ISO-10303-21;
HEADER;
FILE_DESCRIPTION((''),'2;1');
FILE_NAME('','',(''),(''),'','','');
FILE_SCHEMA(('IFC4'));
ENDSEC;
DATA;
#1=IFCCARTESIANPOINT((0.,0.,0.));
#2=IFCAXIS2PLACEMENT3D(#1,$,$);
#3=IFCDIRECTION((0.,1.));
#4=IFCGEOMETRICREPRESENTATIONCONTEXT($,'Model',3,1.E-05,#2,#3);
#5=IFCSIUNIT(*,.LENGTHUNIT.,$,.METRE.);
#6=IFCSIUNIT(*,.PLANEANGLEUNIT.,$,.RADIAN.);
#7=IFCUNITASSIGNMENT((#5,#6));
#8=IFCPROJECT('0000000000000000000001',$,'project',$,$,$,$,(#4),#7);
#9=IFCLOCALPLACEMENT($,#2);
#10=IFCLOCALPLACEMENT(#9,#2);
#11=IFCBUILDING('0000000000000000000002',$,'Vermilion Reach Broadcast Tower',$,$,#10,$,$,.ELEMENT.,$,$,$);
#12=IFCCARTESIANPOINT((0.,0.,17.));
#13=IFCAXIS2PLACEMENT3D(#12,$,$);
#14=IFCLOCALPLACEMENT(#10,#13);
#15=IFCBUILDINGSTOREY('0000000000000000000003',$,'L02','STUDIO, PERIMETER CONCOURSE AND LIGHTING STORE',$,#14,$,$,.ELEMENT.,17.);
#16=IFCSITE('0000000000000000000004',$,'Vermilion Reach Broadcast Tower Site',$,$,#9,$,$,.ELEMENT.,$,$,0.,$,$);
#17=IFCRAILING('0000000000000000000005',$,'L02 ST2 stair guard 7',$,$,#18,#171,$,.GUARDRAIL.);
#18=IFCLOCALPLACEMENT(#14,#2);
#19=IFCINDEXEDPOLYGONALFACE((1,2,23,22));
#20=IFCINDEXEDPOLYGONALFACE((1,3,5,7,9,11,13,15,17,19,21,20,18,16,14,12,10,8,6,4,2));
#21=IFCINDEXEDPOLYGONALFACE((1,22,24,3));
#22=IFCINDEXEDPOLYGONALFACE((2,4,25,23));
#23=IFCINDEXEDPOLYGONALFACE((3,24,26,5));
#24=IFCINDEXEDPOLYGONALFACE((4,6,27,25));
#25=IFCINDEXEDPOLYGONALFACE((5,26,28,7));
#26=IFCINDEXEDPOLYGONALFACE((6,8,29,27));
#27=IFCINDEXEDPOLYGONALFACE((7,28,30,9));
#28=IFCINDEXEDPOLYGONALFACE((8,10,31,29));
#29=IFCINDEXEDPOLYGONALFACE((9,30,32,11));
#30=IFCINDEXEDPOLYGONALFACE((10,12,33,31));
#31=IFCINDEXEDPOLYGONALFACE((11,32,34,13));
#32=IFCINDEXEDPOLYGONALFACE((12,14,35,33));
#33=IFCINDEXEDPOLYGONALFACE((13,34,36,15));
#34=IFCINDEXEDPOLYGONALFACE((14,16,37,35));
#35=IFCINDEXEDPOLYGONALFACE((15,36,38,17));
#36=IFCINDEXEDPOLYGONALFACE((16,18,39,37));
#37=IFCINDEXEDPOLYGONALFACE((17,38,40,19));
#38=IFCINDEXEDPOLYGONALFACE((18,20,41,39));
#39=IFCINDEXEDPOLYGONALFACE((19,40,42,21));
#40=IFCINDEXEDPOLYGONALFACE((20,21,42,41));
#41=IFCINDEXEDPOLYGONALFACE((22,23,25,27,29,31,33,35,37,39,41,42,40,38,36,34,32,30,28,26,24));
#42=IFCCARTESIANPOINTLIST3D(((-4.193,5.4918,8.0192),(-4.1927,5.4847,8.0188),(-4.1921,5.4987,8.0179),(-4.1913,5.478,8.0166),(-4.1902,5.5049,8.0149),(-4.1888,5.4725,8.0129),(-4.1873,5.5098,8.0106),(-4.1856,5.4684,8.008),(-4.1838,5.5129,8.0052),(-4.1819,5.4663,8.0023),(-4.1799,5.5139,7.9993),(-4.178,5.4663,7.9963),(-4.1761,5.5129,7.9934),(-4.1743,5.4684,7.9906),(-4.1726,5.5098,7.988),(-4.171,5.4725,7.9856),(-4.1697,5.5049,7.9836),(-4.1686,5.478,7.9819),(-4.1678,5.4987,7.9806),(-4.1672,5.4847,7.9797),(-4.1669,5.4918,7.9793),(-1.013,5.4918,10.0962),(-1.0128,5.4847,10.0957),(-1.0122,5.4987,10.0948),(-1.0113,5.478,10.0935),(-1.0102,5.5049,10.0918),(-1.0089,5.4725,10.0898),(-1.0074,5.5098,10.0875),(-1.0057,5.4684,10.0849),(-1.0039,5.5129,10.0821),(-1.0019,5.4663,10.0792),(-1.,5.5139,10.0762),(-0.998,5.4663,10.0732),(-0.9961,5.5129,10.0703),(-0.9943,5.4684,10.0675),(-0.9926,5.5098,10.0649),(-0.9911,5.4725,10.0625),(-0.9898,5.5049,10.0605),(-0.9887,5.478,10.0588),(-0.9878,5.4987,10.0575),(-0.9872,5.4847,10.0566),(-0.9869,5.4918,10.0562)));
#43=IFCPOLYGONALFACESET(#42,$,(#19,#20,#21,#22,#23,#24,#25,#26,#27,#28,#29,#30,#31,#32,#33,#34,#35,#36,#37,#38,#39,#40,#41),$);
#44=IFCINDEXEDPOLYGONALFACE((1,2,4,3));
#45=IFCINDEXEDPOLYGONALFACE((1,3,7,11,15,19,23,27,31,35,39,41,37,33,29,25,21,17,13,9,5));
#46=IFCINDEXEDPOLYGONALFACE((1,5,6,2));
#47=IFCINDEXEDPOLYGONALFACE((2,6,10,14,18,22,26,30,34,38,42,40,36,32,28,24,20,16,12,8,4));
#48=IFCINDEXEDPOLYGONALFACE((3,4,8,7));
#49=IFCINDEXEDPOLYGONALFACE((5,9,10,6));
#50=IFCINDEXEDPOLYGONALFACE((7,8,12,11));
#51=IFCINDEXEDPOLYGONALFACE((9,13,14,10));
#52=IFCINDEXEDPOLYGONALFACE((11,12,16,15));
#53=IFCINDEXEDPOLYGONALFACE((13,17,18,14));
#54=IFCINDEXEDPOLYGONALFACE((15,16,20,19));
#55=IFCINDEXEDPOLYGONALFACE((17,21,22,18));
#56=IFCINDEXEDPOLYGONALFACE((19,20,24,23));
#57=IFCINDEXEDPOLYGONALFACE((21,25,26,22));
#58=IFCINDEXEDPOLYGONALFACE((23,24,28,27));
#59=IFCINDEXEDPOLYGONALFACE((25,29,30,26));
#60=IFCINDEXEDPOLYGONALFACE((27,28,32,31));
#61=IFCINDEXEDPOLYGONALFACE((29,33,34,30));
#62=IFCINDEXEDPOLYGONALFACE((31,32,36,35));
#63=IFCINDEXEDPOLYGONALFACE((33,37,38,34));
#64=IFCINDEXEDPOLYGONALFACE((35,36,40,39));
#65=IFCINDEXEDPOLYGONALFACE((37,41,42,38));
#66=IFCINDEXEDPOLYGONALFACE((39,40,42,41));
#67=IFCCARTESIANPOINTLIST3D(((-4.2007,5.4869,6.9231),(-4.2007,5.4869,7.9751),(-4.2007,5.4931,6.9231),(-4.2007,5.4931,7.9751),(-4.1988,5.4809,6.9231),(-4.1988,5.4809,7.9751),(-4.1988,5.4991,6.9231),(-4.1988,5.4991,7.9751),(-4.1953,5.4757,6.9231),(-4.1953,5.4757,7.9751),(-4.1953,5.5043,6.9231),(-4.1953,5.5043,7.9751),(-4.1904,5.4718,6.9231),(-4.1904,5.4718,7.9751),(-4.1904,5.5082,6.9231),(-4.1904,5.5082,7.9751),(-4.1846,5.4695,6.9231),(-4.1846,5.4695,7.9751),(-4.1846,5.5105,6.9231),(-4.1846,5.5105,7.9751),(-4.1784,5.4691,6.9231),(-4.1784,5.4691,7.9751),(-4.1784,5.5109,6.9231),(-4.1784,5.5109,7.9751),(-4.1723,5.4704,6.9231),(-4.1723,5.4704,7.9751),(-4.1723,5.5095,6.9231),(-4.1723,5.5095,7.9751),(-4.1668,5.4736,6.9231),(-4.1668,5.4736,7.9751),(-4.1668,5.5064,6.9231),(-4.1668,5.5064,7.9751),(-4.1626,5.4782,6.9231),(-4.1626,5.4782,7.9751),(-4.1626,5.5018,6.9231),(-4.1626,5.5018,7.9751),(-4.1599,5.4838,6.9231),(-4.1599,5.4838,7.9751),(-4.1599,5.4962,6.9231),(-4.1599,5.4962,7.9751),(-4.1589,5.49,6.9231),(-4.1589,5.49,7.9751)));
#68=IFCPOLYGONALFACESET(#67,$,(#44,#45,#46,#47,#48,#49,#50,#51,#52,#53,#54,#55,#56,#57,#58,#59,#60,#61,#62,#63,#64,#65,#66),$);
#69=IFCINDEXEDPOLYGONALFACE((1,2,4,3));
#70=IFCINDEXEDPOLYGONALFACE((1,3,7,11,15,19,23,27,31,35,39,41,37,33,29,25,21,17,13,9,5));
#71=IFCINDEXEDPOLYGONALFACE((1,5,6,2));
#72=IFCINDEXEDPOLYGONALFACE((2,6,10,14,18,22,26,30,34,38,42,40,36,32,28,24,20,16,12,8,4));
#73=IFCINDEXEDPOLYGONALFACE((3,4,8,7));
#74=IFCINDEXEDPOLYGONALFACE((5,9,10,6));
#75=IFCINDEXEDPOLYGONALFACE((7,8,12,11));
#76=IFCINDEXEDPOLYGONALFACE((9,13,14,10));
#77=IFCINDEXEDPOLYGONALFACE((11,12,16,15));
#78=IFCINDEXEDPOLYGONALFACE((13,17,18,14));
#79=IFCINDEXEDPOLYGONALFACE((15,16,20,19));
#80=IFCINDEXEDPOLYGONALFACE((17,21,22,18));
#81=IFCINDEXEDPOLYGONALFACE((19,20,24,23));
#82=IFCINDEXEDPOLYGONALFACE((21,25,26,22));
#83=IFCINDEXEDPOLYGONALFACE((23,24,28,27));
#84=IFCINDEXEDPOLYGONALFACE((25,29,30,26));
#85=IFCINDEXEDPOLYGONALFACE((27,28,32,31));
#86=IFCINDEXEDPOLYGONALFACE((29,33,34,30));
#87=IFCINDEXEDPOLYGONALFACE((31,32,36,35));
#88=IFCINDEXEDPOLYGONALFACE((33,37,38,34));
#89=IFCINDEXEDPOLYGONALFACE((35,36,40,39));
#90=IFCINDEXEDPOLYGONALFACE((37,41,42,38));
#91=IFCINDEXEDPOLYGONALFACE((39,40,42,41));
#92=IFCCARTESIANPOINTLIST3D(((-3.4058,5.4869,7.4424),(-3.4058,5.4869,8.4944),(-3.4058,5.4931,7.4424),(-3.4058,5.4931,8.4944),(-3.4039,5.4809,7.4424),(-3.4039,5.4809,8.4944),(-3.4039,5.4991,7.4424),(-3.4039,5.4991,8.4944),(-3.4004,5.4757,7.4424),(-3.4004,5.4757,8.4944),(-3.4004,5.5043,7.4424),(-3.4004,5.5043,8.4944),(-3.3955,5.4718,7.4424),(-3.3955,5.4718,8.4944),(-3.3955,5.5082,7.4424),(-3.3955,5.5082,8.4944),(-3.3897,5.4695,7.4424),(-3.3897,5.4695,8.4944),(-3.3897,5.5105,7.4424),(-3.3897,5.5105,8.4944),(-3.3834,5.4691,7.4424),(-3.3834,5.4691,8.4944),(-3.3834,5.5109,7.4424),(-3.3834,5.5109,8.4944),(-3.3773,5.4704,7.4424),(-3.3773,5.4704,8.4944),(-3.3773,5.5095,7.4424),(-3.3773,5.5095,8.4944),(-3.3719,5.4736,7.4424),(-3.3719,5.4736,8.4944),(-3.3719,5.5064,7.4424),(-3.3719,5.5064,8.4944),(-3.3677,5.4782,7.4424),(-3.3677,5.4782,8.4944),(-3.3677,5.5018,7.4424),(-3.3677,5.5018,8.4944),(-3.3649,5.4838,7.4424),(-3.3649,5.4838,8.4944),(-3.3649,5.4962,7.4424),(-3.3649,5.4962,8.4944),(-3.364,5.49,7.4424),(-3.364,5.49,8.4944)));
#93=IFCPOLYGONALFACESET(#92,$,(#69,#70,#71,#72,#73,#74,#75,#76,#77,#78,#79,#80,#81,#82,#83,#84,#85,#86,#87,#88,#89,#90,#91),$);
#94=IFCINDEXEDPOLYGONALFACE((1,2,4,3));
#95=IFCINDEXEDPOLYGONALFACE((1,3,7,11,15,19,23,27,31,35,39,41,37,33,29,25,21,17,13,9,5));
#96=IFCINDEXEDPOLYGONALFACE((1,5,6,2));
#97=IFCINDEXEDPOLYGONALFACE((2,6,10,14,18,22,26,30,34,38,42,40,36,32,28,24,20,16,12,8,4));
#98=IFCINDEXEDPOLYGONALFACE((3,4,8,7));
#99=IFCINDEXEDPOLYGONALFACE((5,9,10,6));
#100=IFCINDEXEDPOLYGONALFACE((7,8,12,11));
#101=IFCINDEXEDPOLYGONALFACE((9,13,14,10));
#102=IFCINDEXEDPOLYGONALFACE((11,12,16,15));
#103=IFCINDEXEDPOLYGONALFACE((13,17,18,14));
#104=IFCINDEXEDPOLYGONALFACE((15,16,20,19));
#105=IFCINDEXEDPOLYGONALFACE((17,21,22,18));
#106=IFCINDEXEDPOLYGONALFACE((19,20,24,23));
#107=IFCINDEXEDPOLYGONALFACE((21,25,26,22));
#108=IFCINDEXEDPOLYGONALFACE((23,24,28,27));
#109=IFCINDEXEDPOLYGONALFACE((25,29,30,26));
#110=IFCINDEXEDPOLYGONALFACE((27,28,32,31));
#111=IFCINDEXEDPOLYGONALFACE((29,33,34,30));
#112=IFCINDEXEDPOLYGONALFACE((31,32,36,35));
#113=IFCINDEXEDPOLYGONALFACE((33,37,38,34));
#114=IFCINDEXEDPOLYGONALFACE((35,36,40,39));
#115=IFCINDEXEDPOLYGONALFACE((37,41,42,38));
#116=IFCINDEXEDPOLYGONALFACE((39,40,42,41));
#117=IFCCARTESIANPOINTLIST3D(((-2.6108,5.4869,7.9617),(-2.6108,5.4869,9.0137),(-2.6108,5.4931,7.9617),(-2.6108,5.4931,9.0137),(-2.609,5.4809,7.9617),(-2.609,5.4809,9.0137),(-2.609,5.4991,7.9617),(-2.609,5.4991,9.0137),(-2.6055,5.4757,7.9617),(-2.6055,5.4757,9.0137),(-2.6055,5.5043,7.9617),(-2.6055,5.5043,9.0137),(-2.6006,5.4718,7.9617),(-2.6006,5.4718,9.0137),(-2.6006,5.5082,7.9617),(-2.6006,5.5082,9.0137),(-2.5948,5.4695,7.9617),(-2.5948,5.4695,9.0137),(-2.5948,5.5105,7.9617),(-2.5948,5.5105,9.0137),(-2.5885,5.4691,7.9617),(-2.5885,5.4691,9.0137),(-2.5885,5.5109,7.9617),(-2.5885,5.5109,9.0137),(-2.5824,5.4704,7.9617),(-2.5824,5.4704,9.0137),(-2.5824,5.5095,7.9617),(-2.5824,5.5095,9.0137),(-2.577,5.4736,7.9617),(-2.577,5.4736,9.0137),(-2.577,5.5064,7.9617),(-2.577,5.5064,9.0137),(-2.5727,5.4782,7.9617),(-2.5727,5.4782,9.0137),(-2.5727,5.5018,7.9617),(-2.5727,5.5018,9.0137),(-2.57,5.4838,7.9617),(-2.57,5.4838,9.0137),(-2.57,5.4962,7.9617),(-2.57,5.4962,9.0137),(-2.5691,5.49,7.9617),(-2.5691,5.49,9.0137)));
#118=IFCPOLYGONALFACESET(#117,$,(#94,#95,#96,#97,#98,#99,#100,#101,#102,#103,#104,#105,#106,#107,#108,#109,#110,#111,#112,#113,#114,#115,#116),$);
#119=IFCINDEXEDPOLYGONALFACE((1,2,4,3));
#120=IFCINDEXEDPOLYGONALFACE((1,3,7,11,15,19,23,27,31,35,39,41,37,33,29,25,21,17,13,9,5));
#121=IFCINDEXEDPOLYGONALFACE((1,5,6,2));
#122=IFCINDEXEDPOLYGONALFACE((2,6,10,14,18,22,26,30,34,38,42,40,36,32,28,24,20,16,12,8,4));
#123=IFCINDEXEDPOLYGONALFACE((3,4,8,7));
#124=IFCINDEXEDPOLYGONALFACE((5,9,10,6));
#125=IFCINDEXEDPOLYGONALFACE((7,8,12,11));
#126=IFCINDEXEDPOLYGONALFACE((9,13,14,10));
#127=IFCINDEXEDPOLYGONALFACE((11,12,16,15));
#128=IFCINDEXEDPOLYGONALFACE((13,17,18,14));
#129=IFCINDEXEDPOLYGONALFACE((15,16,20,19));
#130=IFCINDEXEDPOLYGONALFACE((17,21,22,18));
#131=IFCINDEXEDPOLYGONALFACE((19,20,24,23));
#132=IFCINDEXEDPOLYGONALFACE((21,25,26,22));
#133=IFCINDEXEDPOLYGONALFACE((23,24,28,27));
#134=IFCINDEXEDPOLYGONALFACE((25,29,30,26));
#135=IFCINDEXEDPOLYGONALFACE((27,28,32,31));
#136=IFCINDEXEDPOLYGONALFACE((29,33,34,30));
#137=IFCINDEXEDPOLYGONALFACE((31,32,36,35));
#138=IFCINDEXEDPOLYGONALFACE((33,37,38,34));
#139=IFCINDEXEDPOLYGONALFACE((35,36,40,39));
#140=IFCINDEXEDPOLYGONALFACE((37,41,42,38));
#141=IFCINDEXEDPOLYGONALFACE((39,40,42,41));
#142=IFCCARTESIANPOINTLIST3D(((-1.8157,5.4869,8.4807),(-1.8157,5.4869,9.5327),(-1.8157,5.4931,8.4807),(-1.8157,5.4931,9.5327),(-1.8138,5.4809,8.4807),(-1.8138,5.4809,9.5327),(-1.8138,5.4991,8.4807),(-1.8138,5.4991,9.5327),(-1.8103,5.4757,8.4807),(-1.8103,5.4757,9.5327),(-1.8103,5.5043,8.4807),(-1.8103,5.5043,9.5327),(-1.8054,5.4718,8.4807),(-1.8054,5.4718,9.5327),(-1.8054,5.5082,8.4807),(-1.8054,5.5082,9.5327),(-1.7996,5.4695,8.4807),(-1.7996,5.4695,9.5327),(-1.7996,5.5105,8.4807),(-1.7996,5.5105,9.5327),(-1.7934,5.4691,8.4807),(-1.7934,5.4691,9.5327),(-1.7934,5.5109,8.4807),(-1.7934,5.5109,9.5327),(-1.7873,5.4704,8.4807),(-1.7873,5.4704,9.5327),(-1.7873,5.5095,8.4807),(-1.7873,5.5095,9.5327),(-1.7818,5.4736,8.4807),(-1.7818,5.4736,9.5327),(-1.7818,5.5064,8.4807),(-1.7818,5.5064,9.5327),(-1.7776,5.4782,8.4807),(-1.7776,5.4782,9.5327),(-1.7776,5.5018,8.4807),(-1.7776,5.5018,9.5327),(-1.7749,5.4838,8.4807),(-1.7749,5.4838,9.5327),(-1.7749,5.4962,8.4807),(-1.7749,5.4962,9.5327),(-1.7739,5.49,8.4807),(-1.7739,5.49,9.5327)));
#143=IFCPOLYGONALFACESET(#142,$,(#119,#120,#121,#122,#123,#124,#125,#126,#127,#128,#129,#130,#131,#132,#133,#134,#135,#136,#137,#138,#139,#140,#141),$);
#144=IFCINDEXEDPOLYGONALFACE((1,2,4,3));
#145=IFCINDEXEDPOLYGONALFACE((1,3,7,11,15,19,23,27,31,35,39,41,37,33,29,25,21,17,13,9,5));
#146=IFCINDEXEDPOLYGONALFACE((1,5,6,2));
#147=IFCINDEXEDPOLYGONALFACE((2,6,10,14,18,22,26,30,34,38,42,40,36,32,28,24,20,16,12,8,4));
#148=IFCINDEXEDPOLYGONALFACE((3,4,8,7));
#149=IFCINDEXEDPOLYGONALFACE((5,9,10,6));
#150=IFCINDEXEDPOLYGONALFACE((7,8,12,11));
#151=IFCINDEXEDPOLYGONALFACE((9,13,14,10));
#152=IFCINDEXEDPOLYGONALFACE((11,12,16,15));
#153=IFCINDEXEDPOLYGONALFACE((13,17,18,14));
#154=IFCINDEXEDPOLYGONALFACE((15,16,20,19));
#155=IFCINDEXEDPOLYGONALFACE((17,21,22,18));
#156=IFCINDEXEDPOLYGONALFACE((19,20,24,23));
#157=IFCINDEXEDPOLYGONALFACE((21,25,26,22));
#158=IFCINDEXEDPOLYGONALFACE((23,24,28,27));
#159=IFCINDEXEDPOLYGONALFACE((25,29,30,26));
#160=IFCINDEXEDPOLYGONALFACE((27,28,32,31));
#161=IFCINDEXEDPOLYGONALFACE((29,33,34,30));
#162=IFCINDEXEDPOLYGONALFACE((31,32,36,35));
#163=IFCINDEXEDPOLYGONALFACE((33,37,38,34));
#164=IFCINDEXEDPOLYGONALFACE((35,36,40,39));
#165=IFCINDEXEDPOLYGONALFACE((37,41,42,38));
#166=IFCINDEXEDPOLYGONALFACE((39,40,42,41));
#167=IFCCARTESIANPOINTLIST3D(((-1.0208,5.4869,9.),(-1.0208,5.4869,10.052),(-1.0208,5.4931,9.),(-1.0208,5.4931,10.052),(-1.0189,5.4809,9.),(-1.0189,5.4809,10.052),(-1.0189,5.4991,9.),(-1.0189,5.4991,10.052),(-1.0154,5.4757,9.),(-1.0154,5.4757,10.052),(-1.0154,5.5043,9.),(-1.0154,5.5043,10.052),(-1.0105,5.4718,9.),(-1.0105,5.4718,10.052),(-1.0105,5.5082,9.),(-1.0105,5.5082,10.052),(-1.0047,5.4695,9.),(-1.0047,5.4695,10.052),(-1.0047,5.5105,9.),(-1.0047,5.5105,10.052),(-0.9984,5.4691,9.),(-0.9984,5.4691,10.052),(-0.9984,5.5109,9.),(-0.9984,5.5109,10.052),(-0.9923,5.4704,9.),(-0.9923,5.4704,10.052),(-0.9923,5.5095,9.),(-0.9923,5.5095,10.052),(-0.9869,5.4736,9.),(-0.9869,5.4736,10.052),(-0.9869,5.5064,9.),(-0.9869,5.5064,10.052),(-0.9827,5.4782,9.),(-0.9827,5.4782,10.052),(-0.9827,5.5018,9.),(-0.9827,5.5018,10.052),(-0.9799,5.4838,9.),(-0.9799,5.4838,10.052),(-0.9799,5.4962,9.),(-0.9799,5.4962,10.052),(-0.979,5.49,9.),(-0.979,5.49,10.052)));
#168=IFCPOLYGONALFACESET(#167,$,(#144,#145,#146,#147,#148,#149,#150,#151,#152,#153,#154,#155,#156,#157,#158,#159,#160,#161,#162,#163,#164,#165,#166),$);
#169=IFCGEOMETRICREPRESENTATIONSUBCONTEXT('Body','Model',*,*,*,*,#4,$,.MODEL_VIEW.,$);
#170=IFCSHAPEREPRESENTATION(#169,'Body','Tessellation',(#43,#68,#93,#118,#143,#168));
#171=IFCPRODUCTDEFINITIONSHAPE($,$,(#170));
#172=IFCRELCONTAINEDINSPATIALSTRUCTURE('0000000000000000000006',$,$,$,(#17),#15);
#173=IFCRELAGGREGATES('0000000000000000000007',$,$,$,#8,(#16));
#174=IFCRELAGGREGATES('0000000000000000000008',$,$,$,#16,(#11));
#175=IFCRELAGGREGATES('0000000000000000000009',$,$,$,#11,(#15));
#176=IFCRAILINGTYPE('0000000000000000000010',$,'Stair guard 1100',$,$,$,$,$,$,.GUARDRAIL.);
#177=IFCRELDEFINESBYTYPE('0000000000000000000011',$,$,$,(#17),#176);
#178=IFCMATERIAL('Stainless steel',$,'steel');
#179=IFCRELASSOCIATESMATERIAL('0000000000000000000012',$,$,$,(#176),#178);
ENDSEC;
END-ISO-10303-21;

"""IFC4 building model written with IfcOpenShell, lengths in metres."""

from ifc_helpers import new_model, si_unit, direction, frame, origin, origin_2d, place, context, subcontext, project, spatial, circle, extrude, material, type_object, element, save


model = new_model("IFC4")

# Units and contexts
model_context = context("Model", 3, precision=1e-05, world=origin(), true_north=direction((0.0, 1.0)))
body_context = subcontext(model_context, "Body", "Model", "MODEL_VIEW")
ifc_project = project(units=[si_unit("LENGTHUNIT", "METRE"), si_unit("PLANEANGLEUNIT", "RADIAN")], contexts=[model_context])

# Site, building, storey
site_placement = place(None, origin())
site = spatial("IfcSite", under=ifc_project, at=site_placement, Name="Vermilion Reach Broadcast Tower Site", CompositionType="ELEMENT", RefElevation=0.0)
building_placement = place(site_placement, origin())
building = spatial("IfcBuilding", under=site, at=building_placement, Name="Vermilion Reach Broadcast Tower", CompositionType="ELEMENT")
storey_placement = place(building_placement, frame((0.0, 0.0, 17.0)))
storey = spatial("IfcBuildingStorey", under=building, at=storey_placement, Name="L02", Description="STUDIO, PERIMETER CONCOURSE AND LIGHTING STORE", CompositionType="ELEMENT", Elevation=17.0)

# Railing
ifc_material_1 = material(Name="Stainless steel", Category="steel")
railing_type_1 = type_object("IfcRailingType", Name="Stair guard 1100", PredefinedType="GUARDRAIL", material=ifc_material_1)
railing_1_placement = place(storey_placement, frame((-4.1799, 5.49, 6.9231)))
element("IfcRailing", 1, at=railing_1_placement, inside=storey, type_object=railing_type_1, Name="L02 ST2 stair guard 7", PredefinedType="GUARDRAIL", context=body_context, shape_type="SweptSolid", body=[
    extrude(circle(Radius=0.0239, at=origin_2d()), frame((0.0, 0.0, 1.0762), z_axis=(0.837245, 0.0, 0.546828), x_axis=(0.0, 1.0, 0.0)), (0.0, 0.0, 1.0), 3.7981),
    extrude(circle(Radius=0.021, at=origin_2d()), origin(), (0.0, 0.0, 1.0), 1.052),
    extrude(circle(Radius=0.021, at=origin_2d()), frame((0.7949, 0.0, 0.5193)), (0.0, 0.0, 1.0), 1.052),
    extrude(circle(Radius=0.021, at=origin_2d()), frame((1.5898, 0.0, 1.0386)), (0.0, 0.0, 1.0), 1.052),
    extrude(circle(Radius=0.021, at=origin_2d()), frame((2.385, 0.0, 1.5576)), (0.0, 0.0, 1.0), 1.052),
    extrude(circle(Radius=0.021, at=origin_2d()), frame((3.1799, 0.0, 2.0769)), (0.0, 0.0, 1.0), 1.052),
])

save(model, "model.ifc")
